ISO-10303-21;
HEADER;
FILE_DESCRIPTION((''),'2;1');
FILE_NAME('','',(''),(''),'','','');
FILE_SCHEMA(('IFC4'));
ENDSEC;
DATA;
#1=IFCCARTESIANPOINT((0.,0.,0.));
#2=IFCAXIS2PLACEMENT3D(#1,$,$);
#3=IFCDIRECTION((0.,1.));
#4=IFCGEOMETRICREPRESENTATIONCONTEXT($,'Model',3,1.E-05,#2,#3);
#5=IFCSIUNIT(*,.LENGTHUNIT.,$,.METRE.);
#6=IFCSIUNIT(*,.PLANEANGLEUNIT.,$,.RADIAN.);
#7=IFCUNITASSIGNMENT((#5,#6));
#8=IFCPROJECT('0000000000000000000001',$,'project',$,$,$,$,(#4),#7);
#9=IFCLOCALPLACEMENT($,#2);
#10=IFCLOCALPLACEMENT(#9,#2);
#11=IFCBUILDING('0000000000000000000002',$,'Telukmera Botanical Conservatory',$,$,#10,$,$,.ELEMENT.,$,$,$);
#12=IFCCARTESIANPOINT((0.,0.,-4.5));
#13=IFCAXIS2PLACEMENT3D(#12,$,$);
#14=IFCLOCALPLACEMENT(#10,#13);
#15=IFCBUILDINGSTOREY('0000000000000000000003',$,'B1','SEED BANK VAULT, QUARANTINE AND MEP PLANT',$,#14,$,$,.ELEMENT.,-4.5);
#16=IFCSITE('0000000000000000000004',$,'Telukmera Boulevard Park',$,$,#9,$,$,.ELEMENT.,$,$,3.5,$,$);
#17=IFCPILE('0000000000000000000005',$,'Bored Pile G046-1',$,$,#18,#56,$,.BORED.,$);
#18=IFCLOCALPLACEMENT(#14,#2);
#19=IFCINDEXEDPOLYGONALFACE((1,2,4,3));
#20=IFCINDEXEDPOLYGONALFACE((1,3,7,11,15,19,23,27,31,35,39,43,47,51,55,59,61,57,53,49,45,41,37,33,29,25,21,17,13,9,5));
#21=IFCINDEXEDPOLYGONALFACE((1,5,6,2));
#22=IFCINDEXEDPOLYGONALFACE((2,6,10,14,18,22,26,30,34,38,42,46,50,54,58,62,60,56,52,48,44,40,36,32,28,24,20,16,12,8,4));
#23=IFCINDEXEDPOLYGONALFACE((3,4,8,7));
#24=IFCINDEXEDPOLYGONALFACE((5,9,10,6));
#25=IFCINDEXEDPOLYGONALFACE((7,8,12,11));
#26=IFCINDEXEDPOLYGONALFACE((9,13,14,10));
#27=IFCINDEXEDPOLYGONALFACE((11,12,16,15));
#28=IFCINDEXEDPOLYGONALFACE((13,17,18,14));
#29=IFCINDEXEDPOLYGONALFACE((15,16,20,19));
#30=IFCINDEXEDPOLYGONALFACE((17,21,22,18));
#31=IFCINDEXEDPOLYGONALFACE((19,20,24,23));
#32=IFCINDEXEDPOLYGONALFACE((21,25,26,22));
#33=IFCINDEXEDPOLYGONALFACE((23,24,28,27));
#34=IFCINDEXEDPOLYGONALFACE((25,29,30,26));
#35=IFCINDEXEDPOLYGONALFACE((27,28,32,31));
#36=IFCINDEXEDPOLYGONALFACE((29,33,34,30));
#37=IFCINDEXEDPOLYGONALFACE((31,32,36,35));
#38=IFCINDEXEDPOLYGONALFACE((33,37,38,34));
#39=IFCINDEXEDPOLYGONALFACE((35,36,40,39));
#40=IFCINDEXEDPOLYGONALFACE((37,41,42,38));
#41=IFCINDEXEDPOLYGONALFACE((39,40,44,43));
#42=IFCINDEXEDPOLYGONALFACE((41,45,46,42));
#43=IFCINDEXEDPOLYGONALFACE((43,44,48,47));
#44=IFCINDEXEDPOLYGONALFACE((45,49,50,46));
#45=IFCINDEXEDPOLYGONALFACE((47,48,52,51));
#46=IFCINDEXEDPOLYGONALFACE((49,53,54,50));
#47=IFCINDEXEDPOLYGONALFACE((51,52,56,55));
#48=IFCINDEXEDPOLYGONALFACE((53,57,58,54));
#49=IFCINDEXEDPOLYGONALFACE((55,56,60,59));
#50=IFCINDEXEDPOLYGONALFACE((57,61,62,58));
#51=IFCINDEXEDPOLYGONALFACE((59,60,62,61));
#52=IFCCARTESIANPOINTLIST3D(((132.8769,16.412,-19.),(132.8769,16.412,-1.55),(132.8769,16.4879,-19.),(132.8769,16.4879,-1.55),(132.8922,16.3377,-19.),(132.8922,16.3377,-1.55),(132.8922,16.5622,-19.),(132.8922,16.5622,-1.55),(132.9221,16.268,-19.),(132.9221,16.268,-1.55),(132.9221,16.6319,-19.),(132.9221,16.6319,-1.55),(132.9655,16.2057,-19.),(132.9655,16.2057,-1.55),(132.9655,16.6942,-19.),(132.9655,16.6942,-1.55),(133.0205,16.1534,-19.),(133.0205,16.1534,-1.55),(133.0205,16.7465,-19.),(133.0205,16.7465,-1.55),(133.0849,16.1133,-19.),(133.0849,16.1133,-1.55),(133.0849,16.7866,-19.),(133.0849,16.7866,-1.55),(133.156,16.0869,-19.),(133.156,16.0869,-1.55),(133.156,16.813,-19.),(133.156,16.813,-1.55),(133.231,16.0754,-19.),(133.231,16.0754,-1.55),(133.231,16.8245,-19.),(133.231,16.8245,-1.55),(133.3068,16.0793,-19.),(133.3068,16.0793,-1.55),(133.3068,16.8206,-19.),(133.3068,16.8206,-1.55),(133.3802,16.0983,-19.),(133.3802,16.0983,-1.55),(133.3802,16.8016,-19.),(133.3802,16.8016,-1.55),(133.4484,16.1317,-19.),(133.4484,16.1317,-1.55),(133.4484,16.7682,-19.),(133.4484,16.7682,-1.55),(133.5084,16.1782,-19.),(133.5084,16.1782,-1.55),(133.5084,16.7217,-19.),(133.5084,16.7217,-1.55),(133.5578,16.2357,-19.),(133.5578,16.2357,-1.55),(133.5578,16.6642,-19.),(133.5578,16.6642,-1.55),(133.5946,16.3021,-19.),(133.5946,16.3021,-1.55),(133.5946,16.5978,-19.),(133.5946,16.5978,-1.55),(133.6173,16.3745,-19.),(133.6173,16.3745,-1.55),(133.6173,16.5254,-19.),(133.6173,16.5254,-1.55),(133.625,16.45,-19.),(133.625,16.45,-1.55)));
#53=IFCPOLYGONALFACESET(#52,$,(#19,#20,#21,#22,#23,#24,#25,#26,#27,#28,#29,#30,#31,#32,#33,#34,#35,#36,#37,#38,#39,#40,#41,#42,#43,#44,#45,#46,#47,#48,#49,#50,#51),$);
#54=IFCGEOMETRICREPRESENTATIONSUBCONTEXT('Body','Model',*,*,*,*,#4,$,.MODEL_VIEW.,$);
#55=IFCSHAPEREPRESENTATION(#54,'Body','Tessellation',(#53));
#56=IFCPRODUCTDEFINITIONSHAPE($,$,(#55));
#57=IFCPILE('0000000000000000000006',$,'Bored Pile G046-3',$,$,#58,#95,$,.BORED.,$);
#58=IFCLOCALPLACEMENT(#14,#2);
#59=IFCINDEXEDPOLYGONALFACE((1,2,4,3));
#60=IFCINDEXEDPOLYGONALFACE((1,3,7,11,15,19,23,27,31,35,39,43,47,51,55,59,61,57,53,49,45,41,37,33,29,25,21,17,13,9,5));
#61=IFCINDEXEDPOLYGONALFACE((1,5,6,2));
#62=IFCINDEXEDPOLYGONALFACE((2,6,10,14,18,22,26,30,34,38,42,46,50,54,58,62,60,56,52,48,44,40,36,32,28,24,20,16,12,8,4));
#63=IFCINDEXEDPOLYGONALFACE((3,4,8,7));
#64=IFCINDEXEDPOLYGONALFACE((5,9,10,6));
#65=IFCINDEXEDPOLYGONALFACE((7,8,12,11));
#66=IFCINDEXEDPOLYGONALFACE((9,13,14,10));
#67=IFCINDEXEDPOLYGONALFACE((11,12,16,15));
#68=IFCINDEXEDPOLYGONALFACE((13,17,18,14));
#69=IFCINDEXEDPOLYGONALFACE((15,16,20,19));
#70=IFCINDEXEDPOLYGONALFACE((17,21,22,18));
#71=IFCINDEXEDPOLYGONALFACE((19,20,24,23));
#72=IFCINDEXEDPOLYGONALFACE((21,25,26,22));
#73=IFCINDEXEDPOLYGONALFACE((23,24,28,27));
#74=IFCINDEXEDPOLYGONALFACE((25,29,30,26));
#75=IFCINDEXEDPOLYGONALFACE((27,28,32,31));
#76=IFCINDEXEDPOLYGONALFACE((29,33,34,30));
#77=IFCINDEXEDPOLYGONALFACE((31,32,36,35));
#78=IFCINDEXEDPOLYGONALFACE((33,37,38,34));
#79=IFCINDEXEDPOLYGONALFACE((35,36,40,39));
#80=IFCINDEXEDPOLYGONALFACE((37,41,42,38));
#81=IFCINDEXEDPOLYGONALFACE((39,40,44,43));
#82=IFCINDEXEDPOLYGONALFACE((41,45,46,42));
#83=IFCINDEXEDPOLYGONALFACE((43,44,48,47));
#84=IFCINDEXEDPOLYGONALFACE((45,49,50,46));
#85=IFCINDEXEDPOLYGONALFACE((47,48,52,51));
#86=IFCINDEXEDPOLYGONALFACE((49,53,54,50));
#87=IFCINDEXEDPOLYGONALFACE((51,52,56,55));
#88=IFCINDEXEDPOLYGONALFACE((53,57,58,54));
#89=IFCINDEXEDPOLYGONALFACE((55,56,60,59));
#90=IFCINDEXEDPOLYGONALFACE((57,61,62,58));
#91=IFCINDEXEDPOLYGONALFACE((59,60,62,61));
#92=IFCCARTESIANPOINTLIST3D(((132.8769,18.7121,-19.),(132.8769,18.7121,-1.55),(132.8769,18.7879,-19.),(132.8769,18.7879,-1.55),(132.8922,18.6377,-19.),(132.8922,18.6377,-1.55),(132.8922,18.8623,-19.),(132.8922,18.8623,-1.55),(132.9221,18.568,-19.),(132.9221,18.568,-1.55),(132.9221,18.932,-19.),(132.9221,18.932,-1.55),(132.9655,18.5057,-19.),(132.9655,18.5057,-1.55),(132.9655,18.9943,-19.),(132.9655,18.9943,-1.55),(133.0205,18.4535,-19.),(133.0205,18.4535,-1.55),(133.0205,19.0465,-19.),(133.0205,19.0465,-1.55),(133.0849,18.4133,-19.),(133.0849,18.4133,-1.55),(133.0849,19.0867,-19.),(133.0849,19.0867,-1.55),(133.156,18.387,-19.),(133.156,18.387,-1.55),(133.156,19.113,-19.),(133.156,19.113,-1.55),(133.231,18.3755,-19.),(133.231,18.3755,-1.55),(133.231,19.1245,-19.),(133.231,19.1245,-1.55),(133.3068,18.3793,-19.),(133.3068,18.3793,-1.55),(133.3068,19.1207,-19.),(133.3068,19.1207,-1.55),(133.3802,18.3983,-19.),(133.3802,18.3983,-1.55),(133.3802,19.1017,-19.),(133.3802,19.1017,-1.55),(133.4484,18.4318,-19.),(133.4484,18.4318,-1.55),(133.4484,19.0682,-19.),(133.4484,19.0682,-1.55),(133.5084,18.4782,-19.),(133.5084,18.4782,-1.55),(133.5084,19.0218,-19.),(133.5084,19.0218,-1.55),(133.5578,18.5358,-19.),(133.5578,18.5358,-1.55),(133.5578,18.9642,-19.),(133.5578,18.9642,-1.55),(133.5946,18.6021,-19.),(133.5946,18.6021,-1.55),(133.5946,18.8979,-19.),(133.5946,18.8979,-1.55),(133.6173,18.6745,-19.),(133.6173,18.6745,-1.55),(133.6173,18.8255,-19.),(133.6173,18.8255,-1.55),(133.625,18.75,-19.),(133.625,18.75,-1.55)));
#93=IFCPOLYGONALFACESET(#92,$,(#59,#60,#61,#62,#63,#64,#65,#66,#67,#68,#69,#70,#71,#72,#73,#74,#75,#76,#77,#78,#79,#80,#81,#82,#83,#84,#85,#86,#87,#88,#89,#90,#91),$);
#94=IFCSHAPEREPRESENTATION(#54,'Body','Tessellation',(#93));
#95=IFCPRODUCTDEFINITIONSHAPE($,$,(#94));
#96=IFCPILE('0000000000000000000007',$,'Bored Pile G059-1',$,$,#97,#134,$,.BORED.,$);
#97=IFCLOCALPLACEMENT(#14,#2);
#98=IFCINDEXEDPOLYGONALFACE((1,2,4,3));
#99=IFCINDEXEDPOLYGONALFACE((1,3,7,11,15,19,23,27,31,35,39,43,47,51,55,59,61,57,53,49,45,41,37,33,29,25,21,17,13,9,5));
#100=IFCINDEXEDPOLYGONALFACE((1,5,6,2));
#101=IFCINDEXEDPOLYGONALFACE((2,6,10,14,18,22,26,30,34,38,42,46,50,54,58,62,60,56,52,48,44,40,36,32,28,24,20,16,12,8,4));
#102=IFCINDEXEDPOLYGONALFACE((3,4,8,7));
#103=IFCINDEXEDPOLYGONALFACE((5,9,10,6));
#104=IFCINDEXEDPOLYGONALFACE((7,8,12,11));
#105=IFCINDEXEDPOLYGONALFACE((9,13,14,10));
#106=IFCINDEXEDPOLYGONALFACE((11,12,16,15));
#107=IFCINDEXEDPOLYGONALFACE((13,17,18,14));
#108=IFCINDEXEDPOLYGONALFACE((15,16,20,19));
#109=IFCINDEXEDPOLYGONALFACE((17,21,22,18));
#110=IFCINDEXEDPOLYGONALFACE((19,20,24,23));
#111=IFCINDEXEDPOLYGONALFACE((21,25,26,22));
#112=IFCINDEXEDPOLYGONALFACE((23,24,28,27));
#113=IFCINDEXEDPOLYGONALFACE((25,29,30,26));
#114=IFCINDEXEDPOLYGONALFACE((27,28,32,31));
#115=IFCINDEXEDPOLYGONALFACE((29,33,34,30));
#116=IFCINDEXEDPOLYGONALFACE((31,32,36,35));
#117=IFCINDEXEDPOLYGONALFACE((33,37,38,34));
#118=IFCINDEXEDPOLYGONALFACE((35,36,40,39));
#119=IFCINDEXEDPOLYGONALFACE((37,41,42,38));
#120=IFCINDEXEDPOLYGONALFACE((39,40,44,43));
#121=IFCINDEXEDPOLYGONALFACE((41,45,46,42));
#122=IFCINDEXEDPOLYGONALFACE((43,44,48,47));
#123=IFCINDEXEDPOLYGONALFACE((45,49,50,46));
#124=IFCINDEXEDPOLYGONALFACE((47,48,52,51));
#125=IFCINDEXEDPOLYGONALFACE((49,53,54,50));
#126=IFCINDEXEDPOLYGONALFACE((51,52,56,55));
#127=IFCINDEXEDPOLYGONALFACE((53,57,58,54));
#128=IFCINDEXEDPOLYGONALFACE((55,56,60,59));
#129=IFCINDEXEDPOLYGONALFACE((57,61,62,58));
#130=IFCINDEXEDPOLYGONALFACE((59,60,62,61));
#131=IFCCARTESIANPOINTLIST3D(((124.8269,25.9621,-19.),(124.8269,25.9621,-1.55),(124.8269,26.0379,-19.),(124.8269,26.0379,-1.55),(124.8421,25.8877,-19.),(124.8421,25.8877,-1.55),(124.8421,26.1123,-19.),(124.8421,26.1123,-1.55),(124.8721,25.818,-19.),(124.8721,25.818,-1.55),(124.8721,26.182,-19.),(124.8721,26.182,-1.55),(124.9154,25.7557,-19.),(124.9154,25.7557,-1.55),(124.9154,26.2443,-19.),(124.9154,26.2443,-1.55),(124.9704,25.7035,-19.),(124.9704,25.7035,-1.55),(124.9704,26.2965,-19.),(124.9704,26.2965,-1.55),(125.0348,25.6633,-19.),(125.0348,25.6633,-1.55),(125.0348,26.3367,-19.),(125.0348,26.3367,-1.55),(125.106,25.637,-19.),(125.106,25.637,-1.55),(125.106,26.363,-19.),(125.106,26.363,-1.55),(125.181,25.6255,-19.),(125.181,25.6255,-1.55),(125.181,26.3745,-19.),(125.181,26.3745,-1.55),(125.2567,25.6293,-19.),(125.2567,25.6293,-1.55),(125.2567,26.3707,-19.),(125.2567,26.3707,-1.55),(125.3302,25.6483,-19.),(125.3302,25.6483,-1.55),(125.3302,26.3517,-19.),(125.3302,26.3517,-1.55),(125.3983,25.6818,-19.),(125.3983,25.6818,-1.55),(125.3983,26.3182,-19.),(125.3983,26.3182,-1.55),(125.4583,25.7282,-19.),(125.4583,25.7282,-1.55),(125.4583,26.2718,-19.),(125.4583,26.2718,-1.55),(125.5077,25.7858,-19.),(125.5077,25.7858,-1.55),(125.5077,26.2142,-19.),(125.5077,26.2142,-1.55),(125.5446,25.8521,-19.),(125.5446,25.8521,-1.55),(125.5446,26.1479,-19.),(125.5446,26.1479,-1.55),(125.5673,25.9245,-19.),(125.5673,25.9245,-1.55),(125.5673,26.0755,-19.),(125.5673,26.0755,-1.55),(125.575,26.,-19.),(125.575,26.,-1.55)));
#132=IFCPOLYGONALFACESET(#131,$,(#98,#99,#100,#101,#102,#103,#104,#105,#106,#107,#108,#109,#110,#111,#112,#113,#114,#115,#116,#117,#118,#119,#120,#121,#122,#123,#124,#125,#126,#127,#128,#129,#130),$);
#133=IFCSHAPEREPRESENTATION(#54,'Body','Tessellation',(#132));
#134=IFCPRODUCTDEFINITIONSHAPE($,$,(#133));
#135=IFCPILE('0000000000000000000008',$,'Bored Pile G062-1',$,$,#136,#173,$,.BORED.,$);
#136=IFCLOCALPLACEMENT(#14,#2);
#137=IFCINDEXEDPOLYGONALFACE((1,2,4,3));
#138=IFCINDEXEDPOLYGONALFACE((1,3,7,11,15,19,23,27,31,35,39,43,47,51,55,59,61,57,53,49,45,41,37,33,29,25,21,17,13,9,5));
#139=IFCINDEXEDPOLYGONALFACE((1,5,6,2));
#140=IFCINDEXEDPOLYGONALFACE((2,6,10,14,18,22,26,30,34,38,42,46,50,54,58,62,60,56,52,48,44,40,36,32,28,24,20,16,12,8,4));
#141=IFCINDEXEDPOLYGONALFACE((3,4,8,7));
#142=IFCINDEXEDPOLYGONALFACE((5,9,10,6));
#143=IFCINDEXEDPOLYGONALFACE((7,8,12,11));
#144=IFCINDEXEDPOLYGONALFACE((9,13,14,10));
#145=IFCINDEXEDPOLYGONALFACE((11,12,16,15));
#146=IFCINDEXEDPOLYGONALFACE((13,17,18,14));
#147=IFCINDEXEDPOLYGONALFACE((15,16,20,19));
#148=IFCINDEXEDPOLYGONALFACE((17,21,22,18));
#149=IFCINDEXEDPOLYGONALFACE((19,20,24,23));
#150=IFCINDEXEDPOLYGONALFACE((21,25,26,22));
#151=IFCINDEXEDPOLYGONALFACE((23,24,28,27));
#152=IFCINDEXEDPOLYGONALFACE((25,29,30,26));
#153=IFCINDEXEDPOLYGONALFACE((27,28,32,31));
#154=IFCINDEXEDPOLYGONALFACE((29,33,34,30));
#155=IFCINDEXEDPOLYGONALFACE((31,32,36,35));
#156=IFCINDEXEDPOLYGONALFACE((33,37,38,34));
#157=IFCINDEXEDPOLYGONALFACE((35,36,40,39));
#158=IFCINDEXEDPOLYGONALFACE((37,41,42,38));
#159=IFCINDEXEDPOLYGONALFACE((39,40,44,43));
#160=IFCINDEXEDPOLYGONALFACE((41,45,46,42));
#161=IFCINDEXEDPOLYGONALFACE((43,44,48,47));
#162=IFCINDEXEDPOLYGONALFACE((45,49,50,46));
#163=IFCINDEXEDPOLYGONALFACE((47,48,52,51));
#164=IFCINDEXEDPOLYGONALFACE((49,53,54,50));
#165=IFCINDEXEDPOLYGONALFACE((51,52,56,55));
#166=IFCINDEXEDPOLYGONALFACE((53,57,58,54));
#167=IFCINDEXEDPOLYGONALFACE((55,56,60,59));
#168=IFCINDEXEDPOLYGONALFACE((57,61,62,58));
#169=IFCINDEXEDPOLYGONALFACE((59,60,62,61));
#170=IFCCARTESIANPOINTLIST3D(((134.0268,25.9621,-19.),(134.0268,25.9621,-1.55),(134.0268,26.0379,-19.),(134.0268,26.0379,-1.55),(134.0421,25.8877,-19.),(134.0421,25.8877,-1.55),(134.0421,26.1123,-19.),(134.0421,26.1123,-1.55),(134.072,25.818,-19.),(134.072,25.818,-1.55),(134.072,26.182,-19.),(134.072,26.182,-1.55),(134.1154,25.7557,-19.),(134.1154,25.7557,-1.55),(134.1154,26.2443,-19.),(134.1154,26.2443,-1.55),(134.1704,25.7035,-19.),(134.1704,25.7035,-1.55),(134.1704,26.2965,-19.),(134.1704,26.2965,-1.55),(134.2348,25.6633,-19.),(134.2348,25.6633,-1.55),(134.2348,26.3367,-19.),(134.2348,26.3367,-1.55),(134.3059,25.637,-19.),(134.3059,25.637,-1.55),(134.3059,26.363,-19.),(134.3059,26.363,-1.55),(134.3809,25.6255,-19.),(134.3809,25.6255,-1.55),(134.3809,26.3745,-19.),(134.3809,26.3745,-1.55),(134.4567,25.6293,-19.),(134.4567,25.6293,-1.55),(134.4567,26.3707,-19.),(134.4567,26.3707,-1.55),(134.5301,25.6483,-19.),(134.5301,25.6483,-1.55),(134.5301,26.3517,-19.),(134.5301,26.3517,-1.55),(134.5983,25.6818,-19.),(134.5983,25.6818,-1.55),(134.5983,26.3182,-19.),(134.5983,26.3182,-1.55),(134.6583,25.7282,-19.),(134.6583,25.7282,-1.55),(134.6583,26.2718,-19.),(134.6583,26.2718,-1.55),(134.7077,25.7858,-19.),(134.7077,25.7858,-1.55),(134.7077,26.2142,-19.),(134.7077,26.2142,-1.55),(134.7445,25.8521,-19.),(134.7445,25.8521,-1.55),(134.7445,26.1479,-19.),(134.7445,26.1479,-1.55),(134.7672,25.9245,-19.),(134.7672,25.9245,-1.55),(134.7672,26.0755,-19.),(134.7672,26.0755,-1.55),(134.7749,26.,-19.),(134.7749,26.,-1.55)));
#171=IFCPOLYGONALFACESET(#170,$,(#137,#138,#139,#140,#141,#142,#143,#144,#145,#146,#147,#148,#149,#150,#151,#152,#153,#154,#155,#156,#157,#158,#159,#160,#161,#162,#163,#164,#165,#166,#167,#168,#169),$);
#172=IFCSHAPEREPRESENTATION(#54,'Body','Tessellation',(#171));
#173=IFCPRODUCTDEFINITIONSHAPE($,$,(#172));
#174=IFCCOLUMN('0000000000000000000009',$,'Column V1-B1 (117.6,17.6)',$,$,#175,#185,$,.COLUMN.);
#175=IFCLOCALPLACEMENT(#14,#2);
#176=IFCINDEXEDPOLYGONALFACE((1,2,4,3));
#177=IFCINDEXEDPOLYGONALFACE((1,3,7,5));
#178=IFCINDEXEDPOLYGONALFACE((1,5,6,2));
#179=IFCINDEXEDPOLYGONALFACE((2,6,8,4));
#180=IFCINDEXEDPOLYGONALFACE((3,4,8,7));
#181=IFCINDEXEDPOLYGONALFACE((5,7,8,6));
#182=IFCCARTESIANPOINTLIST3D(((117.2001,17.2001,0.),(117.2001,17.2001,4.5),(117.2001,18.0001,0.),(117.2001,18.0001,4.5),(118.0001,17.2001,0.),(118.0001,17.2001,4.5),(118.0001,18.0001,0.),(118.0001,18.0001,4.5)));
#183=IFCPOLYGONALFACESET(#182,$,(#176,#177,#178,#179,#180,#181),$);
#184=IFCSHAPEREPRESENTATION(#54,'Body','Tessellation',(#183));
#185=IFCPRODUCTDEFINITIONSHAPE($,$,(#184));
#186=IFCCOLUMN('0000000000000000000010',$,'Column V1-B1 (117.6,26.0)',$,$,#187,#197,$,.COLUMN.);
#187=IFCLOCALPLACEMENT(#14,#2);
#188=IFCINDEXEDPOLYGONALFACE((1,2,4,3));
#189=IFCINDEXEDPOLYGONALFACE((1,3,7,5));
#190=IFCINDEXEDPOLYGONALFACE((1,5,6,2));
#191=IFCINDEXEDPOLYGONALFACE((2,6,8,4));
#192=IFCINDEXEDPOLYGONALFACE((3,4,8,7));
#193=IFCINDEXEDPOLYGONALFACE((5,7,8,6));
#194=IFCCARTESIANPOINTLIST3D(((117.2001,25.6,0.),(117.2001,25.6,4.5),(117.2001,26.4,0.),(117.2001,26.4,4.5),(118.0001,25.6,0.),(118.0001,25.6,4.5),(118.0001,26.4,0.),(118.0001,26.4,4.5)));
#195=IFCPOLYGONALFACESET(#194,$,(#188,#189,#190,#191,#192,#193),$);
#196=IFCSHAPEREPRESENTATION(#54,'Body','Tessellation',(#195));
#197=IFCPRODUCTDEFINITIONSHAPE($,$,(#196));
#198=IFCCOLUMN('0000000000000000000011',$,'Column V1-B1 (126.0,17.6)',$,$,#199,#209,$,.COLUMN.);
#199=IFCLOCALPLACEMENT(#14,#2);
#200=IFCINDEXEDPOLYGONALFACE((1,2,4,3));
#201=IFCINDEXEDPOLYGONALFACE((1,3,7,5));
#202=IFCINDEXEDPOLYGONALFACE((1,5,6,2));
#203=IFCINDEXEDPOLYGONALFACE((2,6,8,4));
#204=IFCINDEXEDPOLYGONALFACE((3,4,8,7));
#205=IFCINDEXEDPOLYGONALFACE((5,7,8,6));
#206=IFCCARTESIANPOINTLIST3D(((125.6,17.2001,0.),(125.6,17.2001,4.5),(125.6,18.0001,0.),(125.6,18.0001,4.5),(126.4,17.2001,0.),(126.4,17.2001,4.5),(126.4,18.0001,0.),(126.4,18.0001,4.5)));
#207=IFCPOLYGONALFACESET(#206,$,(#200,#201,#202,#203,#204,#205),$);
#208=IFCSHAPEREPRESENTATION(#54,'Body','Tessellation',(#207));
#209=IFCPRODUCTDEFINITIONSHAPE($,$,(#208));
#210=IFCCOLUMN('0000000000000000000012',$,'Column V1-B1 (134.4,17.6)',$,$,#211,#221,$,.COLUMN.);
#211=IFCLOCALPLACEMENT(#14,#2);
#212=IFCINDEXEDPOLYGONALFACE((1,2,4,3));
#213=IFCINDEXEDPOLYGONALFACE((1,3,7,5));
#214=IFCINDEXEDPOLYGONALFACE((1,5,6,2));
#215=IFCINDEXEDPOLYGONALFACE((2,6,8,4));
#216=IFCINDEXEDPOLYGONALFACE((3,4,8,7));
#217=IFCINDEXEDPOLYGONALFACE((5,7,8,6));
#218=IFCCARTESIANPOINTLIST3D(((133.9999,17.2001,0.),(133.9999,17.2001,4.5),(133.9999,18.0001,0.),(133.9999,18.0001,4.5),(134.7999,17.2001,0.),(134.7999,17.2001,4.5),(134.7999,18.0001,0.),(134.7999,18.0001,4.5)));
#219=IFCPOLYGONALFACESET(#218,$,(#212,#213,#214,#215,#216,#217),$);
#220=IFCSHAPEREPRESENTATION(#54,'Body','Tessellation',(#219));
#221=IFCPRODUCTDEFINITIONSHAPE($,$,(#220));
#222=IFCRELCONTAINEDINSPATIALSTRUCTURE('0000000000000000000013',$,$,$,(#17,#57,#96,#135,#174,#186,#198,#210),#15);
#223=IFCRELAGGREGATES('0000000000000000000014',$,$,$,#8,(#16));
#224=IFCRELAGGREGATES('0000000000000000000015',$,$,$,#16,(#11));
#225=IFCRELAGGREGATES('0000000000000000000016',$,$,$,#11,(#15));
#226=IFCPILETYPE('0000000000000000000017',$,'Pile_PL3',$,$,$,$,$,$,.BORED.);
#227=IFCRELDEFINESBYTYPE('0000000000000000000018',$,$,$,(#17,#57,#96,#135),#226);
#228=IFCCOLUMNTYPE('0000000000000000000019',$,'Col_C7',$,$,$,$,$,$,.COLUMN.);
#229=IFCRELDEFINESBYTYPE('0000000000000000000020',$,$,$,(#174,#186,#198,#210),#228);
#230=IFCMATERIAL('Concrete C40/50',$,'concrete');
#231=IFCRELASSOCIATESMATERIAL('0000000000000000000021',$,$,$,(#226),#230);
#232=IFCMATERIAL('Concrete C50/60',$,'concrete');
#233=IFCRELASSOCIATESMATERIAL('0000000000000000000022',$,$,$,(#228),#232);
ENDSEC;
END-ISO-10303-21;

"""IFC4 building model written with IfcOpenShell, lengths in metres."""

from ifc_helpers import new_model, si_unit, direction, frame, origin, origin_2d, place, context, subcontext, project, spatial, rectangle, circle, extrude, material, material_profile, profile_set, type_object, element, save


model = new_model("IFC4")

# Units and contexts
model_context = context("Model", 3, precision=1e-05, world=origin(), true_north=direction((0.0, 1.0)))
body_context = subcontext(model_context, "Body", "Model", "MODEL_VIEW")
ifc_project = project(units=[si_unit("LENGTHUNIT", "METRE"), si_unit("PLANEANGLEUNIT", "RADIAN")], contexts=[model_context])

# Site, building, storey
site_placement = place(None, origin())
site = spatial("IfcSite", under=ifc_project, at=site_placement, Name="Telukmera Boulevard Park", CompositionType="ELEMENT", RefElevation=3.5)
building_placement = place(site_placement, origin())
building = spatial("IfcBuilding", under=site, at=building_placement, Name="Telukmera Botanical Conservatory", CompositionType="ELEMENT")
storey_placement = place(building_placement, frame((0.0, 0.0, -4.5)))
storey = spatial("IfcBuildingStorey", under=building, at=storey_placement, Name="B1", Description="SEED BANK VAULT, QUARANTINE AND MEP PLANT", CompositionType="ELEMENT", Elevation=-4.5)

# Shared definitions
ifc_material_1 = material(Name="Concrete C50/60", Category="concrete")
ifc_material_2 = material(Name="Concrete C40/50", Category="concrete")

# Piles
ifc_material_profile_1 = material_profile(ifc_material_2, circle(Radius=0.375, at=origin_2d()), Name="PILE D750")
ifc_profile_set_1 = profile_set([ifc_material_profile_1], Name="Concrete C40/50")
pile_type = type_object("IfcPileType", Name="Pile_PL3", PredefinedType="BORED", material=ifc_profile_set_1)
for number, where, z_axis, x_axis, name in (
    (1, (133.25, 16.45, -1.55), (0.0, 0.0, -1.0), (1.0, 0.0, 0.0), "Bored Pile G046-1"),
    (2, (133.25, 18.75, -1.55), (0.0, 0.0, -1.0), (1.0, 0.0, 0.0), "Bored Pile G046-3"),
    (3, (125.2, 26.0, -1.55), (0.0, 0.0, -1.0), (1.0, 0.0, 0.0), "Bored Pile G059-1"),
    (4, (134.3999, 26.0, -1.55), (0.0, 0.0, -1.0), (1.0, 0.0, 0.0), "Bored Pile G062-1"),
):
    element("IfcPile", number, at=place(storey_placement, frame(where, z_axis=z_axis, x_axis=x_axis)), inside=storey, type_object=pile_type, Name=name, PredefinedType="BORED", context=body_context, shape_type="SweptSolid", body=[
        extrude(circle(Radius=0.375, at=origin_2d()), origin(), (0.0, 0.0, 1.0), 17.45),
    ])

# Columns
ifc_material_profile_2 = material_profile(ifc_material_1, rectangle(XDim=0.8, YDim=0.8, at=origin_2d()), Name="RC 800x800")
ifc_profile_set_2 = profile_set([ifc_material_profile_2], Name="Concrete C50/60")
column_type_1 = type_object("IfcColumnType", Name="Col_C7", PredefinedType="COLUMN", material=ifc_profile_set_2)
for number, where, z_axis, x_axis, name in (
    (5, (117.6001, 17.6001, 0.0), (0.0, 0.0, 1.0), (1.0, 0.0, 0.0), "Column V1-B1 (117.6,17.6)"),
    (6, (117.6001, 26.0, 0.0), (0.0, 0.0, 1.0), (1.0, 0.0, 0.0), "Column V1-B1 (117.6,26.0)"),
    (7, (126.0, 17.6001, 0.0), (0.0, 0.0, 1.0), (1.0, 0.0, 0.0), "Column V1-B1 (126.0,17.6)"),
    (8, (134.3999, 17.6001, 0.0), (0.0, 0.0, 1.0), (1.0, 0.0, 0.0), "Column V1-B1 (134.4,17.6)"),
):
    element("IfcColumn", number, at=place(storey_placement, frame(where, z_axis=z_axis, x_axis=x_axis)), inside=storey, type_object=column_type_1, Name=name, PredefinedType="COLUMN", context=body_context, shape_type="SweptSolid", body=[
        extrude(rectangle(XDim=0.8, YDim=0.8, at=origin_2d()), origin(), (0.0, 0.0, 1.0), 4.5),
    ])

save(model, "model.ifc")
